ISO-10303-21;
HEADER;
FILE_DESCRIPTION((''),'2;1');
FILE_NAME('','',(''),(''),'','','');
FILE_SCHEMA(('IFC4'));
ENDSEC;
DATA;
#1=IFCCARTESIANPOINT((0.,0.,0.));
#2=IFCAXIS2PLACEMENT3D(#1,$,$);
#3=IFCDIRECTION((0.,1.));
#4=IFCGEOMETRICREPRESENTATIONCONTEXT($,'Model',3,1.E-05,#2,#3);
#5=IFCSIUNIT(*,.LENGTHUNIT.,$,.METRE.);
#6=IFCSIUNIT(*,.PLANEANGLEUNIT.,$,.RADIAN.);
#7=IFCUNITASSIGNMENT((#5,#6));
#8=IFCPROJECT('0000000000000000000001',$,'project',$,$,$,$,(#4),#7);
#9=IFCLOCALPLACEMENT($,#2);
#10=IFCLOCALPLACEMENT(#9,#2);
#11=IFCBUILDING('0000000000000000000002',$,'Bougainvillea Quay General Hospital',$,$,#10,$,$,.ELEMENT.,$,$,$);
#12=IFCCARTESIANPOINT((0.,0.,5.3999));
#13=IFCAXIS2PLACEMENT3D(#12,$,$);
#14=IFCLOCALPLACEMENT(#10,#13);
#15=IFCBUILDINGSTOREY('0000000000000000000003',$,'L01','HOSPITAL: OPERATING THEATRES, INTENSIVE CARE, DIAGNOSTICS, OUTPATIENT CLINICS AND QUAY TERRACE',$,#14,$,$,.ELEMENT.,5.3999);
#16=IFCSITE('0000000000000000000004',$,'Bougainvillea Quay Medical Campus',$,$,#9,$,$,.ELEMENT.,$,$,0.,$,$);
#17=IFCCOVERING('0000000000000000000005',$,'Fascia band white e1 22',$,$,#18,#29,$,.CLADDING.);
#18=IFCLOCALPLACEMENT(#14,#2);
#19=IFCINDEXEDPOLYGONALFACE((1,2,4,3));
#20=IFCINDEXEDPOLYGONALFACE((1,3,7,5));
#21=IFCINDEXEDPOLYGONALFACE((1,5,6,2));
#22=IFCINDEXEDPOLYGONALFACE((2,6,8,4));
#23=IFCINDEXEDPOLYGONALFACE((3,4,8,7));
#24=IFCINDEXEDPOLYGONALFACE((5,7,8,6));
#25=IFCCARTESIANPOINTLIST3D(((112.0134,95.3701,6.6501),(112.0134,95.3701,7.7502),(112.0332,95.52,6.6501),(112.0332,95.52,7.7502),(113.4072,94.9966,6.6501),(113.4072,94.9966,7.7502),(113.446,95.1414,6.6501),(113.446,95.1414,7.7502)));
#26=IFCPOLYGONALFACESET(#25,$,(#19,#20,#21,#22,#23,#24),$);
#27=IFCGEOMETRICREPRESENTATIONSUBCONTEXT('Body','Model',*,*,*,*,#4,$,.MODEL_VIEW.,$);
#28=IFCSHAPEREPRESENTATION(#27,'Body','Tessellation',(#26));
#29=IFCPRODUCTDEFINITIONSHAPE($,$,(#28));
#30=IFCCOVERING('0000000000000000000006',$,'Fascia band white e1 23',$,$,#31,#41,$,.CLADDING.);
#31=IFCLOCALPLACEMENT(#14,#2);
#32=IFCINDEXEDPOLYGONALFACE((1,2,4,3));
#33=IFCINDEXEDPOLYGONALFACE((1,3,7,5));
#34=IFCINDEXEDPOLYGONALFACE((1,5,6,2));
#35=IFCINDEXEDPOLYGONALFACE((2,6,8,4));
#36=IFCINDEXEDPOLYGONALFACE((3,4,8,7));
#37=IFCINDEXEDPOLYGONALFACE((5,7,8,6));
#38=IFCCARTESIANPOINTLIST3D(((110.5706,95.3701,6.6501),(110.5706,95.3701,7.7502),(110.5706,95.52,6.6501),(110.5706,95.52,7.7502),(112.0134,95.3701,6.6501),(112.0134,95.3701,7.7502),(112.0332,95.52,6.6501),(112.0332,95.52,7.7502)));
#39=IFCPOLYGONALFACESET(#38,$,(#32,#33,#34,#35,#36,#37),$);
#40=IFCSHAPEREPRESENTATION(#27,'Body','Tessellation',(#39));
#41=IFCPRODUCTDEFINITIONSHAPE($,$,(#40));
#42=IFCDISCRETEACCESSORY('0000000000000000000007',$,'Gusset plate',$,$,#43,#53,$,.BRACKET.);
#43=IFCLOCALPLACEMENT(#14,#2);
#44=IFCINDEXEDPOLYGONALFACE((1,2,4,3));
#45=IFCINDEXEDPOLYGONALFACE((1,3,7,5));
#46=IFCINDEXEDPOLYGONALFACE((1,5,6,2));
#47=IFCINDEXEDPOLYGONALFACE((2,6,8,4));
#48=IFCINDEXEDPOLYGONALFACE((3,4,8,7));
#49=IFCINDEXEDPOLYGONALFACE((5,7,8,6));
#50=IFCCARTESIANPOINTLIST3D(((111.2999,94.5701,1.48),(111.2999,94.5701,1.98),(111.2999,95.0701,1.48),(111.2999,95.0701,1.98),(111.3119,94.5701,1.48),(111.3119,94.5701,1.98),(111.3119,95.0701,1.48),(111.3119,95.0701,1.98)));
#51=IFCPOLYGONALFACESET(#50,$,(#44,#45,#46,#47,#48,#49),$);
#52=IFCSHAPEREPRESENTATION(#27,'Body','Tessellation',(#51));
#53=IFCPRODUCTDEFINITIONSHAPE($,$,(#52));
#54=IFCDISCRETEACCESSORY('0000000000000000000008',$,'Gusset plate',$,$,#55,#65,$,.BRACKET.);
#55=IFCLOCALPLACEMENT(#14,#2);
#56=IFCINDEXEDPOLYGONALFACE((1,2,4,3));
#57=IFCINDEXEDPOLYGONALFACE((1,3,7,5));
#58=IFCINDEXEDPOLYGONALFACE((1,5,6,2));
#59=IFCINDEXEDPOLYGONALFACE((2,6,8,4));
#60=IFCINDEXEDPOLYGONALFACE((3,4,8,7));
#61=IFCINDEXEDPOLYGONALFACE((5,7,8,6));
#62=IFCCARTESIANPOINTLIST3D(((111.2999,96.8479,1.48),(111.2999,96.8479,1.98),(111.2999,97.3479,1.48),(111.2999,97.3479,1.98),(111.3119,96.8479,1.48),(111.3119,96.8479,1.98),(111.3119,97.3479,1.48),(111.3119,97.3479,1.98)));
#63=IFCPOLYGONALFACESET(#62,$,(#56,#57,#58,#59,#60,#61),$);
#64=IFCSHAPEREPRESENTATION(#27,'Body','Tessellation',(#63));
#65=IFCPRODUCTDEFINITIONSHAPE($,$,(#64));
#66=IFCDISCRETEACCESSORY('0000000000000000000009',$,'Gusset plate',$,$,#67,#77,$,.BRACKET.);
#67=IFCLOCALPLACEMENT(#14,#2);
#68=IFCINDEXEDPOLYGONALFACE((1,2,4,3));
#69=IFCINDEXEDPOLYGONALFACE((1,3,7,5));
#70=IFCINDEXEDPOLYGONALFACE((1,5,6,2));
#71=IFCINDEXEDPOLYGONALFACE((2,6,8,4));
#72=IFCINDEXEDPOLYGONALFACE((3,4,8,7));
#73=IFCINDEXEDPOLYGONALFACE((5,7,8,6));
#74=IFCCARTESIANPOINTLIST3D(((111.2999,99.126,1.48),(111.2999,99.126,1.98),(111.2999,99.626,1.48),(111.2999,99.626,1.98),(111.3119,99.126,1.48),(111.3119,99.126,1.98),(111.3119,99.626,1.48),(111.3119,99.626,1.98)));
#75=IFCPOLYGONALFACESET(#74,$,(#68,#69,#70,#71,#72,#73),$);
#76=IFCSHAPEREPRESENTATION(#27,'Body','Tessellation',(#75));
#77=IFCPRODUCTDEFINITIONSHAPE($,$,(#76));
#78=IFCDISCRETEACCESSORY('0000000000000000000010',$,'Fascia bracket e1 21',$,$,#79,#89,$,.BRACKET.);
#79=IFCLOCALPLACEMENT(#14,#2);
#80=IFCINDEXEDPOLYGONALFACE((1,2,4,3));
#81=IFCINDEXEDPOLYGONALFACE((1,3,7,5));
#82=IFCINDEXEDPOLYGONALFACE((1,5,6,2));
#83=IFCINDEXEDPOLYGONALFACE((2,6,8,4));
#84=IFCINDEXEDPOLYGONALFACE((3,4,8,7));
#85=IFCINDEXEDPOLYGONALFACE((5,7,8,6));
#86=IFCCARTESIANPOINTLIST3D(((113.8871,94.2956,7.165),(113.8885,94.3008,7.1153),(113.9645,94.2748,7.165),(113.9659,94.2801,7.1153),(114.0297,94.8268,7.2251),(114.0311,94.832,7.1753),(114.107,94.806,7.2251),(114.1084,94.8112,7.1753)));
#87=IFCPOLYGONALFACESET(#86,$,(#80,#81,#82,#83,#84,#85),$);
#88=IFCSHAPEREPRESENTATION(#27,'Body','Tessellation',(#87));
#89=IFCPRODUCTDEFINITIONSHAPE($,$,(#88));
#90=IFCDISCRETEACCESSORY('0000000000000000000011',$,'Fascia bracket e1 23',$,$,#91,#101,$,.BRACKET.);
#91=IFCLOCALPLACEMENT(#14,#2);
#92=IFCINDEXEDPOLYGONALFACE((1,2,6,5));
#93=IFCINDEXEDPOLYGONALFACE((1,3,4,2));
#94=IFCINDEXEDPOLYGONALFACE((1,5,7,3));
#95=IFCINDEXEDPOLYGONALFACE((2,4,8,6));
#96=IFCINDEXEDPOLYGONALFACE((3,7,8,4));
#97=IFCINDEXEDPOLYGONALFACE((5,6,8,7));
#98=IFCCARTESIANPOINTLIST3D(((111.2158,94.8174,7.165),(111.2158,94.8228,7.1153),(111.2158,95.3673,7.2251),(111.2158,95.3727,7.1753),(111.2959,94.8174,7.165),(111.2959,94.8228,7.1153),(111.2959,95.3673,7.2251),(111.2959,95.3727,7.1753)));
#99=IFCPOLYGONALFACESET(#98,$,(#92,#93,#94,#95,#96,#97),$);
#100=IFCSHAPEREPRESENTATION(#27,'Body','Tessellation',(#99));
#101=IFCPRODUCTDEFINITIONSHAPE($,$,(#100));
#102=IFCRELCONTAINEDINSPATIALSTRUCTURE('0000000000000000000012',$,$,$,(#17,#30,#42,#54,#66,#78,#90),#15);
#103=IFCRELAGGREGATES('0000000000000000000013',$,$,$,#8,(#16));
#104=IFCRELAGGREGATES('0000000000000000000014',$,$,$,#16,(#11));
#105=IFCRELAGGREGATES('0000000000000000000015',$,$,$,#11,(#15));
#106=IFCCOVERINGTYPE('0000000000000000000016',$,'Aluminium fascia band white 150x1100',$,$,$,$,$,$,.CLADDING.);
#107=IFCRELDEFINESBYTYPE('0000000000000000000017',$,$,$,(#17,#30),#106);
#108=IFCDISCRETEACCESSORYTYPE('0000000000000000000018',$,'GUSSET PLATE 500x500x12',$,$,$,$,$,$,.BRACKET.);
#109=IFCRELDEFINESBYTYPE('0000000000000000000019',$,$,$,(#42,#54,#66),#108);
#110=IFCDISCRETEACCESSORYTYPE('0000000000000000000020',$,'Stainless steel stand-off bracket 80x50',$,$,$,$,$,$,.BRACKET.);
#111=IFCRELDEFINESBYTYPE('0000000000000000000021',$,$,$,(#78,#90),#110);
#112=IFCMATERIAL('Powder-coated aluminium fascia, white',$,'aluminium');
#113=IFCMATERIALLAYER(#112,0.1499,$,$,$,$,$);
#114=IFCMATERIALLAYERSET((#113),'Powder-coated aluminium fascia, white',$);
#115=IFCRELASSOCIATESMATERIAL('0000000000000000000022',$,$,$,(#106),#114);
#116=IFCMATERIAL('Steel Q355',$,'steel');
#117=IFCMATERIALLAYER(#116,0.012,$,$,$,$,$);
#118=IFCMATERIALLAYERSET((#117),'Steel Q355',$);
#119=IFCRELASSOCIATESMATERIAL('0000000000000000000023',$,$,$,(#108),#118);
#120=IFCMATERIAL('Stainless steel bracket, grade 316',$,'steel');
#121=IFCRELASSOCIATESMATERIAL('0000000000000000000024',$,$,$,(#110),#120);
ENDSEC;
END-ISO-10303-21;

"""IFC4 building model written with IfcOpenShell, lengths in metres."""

from ifc_helpers import new_model, si_unit, direction, frame, origin, origin_2d, place, context, subcontext, project, spatial, polyline, rectangle, outline, extrude, material, layer, layer_set, material_profile, profile_set, type_object, element, save


model = new_model("IFC4")

# Units and contexts
model_context = context("Model", 3, precision=1e-05, world=origin(), true_north=direction((0.0, 1.0)))
body_context = subcontext(model_context, "Body", "Model", "MODEL_VIEW")
ifc_project = project(units=[si_unit("LENGTHUNIT", "METRE"), si_unit("PLANEANGLEUNIT", "RADIAN")], contexts=[model_context])

# Site, building, storey
site_placement = place(None, origin())
site = spatial("IfcSite", under=ifc_project, at=site_placement, Name="Bougainvillea Quay Medical Campus", CompositionType="ELEMENT", RefElevation=0.0)
building_placement = place(site_placement, origin())
building = spatial("IfcBuilding", under=site, at=building_placement, Name="Bougainvillea Quay General Hospital", CompositionType="ELEMENT")
storey_placement = place(building_placement, frame((0.0, 0.0, 5.3999)))
storey = spatial("IfcBuildingStorey", under=building, at=storey_placement, Name="L01", Description="HOSPITAL: OPERATING THEATRES, INTENSIVE CARE, DIAGNOSTICS, OUTPATIENT CLINICS AND QUAY TERRACE", CompositionType="ELEMENT", Elevation=5.3999)

# Coverings
ifc_material_1 = material(Name="Powder-coated aluminium fascia, white", Category="aluminium")
ifc_layer_1 = layer(ifc_material_1, 0.1499)
ifc_layer_set_1 = layer_set([ifc_layer_1], Name="Powder-coated aluminium fascia, white")
covering_type = type_object("IfcCoveringType", Name="Aluminium fascia band white 150x1100", PredefinedType="CLADDING", material=ifc_layer_set_1)
covering_1_placement = place(storey_placement, frame((113.4072, 94.9966, 6.6501), z_axis=(0.0, 0.0, 1.0), x_axis=(-0.965914, 0.258863, 0.0)))
element("IfcCovering", 1, at=covering_1_placement, inside=storey, type_object=covering_type, Name="Fascia band white e1 22", PredefinedType="CLADDING", context=body_context, shape_type="SweptSolid", body=[
    extrude(outline(polyline([(0.0, 0.0), (1.443, 0.0), (1.4627, -0.1499), (0.0, -0.1499), (0.0, 0.0)])), origin(), (0.0, 0.0, 1.0), 1.1001),
])
covering_2_placement = place(storey_placement, frame((112.0134, 95.3701, 6.6501), z_axis=(0.0, 0.0, 1.0), x_axis=(-1.0, 0.0, 0.0)))
element("IfcCovering", 2, at=covering_2_placement, inside=storey, type_object=covering_type, Name="Fascia band white e1 23", PredefinedType="CLADDING", context=body_context, shape_type="SweptSolid", body=[
    extrude(outline(polyline([(0.0, 0.0), (1.4429, 0.0), (1.4429, -0.1499), (-0.0198, -0.1499), (0.0, 0.0)])), origin(), (0.0, 0.0, 1.0), 1.1001),
])

# Discrete accessories
ifc_material_2 = material(Name="Steel Q355", Category="steel")
ifc_layer_2 = layer(ifc_material_2, 0.012)
ifc_layer_set_2 = layer_set([ifc_layer_2], Name="Steel Q355")
discrete_accessory_type_1 = type_object("IfcDiscreteAccessoryType", Name="GUSSET PLATE 500x500x12", PredefinedType="BRACKET", material=ifc_layer_set_2)
for number, where, z_axis, x_axis, name in (
    (3, (111.3059, 94.8201, 1.48), (0.0, 0.0, 1.0), (0.0, 1.0, 0.0), "Gusset plate"),
    (4, (111.3059, 97.0979, 1.48), (0.0, 0.0, 1.0), (0.0, 1.0, 0.0), "Gusset plate"),
    (5, (111.3059, 99.376, 1.48), (0.0, 0.0, 1.0), (0.0, 1.0, 0.0), "Gusset plate"),
):
    element("IfcDiscreteAccessory", number, at=place(storey_placement, frame(where, z_axis=z_axis, x_axis=x_axis)), inside=storey, type_object=discrete_accessory_type_1, Name=name, PredefinedType="BRACKET", context=body_context, shape_type="SweptSolid", body=[
        extrude(rectangle(XDim=0.5, YDim=0.012, at=origin_2d()), origin(), (0.0, 0.0, 1.0), 0.5),
    ])
ifc_material_3 = material(Name="Stainless steel bracket, grade 316", Category="steel")
ifc_material_profile_1 = material_profile(ifc_material_3, rectangle(XDim=0.0801, YDim=0.05, at=origin_2d()))
ifc_profile_set_1 = profile_set([ifc_material_profile_1], Name="Stainless steel bracket, grade 316")
discrete_accessory_type_2 = type_object("IfcDiscreteAccessoryType", Name="Stainless steel stand-off bracket 80x50", PredefinedType="BRACKET", material=ifc_profile_set_1)
for number, where, z_axis, x_axis, name in (
    (6, (113.9265, 94.2878, 7.1401), (0.257678, 0.960115, 0.108542), (-0.965821, 0.259209, 0.0), "Fascia bracket e1 21"),
    (7, (111.2559, 94.8201, 7.1401), (0.0, 0.994092, 0.108543), (-1.0, 0.0, 0.0), "Fascia bracket e1 23"),
):
    element("IfcDiscreteAccessory", number, at=place(storey_placement, frame(where, z_axis=z_axis, x_axis=x_axis)), inside=storey, type_object=discrete_accessory_type_2, Name=name, PredefinedType="BRACKET", context=body_context, shape_type="SweptSolid", body=[
        extrude(rectangle(XDim=0.0801, YDim=0.05, at=origin_2d()), origin(), (0.0, 0.0, 1.0), 0.5532),
    ])

save(model, "model.ifc")
